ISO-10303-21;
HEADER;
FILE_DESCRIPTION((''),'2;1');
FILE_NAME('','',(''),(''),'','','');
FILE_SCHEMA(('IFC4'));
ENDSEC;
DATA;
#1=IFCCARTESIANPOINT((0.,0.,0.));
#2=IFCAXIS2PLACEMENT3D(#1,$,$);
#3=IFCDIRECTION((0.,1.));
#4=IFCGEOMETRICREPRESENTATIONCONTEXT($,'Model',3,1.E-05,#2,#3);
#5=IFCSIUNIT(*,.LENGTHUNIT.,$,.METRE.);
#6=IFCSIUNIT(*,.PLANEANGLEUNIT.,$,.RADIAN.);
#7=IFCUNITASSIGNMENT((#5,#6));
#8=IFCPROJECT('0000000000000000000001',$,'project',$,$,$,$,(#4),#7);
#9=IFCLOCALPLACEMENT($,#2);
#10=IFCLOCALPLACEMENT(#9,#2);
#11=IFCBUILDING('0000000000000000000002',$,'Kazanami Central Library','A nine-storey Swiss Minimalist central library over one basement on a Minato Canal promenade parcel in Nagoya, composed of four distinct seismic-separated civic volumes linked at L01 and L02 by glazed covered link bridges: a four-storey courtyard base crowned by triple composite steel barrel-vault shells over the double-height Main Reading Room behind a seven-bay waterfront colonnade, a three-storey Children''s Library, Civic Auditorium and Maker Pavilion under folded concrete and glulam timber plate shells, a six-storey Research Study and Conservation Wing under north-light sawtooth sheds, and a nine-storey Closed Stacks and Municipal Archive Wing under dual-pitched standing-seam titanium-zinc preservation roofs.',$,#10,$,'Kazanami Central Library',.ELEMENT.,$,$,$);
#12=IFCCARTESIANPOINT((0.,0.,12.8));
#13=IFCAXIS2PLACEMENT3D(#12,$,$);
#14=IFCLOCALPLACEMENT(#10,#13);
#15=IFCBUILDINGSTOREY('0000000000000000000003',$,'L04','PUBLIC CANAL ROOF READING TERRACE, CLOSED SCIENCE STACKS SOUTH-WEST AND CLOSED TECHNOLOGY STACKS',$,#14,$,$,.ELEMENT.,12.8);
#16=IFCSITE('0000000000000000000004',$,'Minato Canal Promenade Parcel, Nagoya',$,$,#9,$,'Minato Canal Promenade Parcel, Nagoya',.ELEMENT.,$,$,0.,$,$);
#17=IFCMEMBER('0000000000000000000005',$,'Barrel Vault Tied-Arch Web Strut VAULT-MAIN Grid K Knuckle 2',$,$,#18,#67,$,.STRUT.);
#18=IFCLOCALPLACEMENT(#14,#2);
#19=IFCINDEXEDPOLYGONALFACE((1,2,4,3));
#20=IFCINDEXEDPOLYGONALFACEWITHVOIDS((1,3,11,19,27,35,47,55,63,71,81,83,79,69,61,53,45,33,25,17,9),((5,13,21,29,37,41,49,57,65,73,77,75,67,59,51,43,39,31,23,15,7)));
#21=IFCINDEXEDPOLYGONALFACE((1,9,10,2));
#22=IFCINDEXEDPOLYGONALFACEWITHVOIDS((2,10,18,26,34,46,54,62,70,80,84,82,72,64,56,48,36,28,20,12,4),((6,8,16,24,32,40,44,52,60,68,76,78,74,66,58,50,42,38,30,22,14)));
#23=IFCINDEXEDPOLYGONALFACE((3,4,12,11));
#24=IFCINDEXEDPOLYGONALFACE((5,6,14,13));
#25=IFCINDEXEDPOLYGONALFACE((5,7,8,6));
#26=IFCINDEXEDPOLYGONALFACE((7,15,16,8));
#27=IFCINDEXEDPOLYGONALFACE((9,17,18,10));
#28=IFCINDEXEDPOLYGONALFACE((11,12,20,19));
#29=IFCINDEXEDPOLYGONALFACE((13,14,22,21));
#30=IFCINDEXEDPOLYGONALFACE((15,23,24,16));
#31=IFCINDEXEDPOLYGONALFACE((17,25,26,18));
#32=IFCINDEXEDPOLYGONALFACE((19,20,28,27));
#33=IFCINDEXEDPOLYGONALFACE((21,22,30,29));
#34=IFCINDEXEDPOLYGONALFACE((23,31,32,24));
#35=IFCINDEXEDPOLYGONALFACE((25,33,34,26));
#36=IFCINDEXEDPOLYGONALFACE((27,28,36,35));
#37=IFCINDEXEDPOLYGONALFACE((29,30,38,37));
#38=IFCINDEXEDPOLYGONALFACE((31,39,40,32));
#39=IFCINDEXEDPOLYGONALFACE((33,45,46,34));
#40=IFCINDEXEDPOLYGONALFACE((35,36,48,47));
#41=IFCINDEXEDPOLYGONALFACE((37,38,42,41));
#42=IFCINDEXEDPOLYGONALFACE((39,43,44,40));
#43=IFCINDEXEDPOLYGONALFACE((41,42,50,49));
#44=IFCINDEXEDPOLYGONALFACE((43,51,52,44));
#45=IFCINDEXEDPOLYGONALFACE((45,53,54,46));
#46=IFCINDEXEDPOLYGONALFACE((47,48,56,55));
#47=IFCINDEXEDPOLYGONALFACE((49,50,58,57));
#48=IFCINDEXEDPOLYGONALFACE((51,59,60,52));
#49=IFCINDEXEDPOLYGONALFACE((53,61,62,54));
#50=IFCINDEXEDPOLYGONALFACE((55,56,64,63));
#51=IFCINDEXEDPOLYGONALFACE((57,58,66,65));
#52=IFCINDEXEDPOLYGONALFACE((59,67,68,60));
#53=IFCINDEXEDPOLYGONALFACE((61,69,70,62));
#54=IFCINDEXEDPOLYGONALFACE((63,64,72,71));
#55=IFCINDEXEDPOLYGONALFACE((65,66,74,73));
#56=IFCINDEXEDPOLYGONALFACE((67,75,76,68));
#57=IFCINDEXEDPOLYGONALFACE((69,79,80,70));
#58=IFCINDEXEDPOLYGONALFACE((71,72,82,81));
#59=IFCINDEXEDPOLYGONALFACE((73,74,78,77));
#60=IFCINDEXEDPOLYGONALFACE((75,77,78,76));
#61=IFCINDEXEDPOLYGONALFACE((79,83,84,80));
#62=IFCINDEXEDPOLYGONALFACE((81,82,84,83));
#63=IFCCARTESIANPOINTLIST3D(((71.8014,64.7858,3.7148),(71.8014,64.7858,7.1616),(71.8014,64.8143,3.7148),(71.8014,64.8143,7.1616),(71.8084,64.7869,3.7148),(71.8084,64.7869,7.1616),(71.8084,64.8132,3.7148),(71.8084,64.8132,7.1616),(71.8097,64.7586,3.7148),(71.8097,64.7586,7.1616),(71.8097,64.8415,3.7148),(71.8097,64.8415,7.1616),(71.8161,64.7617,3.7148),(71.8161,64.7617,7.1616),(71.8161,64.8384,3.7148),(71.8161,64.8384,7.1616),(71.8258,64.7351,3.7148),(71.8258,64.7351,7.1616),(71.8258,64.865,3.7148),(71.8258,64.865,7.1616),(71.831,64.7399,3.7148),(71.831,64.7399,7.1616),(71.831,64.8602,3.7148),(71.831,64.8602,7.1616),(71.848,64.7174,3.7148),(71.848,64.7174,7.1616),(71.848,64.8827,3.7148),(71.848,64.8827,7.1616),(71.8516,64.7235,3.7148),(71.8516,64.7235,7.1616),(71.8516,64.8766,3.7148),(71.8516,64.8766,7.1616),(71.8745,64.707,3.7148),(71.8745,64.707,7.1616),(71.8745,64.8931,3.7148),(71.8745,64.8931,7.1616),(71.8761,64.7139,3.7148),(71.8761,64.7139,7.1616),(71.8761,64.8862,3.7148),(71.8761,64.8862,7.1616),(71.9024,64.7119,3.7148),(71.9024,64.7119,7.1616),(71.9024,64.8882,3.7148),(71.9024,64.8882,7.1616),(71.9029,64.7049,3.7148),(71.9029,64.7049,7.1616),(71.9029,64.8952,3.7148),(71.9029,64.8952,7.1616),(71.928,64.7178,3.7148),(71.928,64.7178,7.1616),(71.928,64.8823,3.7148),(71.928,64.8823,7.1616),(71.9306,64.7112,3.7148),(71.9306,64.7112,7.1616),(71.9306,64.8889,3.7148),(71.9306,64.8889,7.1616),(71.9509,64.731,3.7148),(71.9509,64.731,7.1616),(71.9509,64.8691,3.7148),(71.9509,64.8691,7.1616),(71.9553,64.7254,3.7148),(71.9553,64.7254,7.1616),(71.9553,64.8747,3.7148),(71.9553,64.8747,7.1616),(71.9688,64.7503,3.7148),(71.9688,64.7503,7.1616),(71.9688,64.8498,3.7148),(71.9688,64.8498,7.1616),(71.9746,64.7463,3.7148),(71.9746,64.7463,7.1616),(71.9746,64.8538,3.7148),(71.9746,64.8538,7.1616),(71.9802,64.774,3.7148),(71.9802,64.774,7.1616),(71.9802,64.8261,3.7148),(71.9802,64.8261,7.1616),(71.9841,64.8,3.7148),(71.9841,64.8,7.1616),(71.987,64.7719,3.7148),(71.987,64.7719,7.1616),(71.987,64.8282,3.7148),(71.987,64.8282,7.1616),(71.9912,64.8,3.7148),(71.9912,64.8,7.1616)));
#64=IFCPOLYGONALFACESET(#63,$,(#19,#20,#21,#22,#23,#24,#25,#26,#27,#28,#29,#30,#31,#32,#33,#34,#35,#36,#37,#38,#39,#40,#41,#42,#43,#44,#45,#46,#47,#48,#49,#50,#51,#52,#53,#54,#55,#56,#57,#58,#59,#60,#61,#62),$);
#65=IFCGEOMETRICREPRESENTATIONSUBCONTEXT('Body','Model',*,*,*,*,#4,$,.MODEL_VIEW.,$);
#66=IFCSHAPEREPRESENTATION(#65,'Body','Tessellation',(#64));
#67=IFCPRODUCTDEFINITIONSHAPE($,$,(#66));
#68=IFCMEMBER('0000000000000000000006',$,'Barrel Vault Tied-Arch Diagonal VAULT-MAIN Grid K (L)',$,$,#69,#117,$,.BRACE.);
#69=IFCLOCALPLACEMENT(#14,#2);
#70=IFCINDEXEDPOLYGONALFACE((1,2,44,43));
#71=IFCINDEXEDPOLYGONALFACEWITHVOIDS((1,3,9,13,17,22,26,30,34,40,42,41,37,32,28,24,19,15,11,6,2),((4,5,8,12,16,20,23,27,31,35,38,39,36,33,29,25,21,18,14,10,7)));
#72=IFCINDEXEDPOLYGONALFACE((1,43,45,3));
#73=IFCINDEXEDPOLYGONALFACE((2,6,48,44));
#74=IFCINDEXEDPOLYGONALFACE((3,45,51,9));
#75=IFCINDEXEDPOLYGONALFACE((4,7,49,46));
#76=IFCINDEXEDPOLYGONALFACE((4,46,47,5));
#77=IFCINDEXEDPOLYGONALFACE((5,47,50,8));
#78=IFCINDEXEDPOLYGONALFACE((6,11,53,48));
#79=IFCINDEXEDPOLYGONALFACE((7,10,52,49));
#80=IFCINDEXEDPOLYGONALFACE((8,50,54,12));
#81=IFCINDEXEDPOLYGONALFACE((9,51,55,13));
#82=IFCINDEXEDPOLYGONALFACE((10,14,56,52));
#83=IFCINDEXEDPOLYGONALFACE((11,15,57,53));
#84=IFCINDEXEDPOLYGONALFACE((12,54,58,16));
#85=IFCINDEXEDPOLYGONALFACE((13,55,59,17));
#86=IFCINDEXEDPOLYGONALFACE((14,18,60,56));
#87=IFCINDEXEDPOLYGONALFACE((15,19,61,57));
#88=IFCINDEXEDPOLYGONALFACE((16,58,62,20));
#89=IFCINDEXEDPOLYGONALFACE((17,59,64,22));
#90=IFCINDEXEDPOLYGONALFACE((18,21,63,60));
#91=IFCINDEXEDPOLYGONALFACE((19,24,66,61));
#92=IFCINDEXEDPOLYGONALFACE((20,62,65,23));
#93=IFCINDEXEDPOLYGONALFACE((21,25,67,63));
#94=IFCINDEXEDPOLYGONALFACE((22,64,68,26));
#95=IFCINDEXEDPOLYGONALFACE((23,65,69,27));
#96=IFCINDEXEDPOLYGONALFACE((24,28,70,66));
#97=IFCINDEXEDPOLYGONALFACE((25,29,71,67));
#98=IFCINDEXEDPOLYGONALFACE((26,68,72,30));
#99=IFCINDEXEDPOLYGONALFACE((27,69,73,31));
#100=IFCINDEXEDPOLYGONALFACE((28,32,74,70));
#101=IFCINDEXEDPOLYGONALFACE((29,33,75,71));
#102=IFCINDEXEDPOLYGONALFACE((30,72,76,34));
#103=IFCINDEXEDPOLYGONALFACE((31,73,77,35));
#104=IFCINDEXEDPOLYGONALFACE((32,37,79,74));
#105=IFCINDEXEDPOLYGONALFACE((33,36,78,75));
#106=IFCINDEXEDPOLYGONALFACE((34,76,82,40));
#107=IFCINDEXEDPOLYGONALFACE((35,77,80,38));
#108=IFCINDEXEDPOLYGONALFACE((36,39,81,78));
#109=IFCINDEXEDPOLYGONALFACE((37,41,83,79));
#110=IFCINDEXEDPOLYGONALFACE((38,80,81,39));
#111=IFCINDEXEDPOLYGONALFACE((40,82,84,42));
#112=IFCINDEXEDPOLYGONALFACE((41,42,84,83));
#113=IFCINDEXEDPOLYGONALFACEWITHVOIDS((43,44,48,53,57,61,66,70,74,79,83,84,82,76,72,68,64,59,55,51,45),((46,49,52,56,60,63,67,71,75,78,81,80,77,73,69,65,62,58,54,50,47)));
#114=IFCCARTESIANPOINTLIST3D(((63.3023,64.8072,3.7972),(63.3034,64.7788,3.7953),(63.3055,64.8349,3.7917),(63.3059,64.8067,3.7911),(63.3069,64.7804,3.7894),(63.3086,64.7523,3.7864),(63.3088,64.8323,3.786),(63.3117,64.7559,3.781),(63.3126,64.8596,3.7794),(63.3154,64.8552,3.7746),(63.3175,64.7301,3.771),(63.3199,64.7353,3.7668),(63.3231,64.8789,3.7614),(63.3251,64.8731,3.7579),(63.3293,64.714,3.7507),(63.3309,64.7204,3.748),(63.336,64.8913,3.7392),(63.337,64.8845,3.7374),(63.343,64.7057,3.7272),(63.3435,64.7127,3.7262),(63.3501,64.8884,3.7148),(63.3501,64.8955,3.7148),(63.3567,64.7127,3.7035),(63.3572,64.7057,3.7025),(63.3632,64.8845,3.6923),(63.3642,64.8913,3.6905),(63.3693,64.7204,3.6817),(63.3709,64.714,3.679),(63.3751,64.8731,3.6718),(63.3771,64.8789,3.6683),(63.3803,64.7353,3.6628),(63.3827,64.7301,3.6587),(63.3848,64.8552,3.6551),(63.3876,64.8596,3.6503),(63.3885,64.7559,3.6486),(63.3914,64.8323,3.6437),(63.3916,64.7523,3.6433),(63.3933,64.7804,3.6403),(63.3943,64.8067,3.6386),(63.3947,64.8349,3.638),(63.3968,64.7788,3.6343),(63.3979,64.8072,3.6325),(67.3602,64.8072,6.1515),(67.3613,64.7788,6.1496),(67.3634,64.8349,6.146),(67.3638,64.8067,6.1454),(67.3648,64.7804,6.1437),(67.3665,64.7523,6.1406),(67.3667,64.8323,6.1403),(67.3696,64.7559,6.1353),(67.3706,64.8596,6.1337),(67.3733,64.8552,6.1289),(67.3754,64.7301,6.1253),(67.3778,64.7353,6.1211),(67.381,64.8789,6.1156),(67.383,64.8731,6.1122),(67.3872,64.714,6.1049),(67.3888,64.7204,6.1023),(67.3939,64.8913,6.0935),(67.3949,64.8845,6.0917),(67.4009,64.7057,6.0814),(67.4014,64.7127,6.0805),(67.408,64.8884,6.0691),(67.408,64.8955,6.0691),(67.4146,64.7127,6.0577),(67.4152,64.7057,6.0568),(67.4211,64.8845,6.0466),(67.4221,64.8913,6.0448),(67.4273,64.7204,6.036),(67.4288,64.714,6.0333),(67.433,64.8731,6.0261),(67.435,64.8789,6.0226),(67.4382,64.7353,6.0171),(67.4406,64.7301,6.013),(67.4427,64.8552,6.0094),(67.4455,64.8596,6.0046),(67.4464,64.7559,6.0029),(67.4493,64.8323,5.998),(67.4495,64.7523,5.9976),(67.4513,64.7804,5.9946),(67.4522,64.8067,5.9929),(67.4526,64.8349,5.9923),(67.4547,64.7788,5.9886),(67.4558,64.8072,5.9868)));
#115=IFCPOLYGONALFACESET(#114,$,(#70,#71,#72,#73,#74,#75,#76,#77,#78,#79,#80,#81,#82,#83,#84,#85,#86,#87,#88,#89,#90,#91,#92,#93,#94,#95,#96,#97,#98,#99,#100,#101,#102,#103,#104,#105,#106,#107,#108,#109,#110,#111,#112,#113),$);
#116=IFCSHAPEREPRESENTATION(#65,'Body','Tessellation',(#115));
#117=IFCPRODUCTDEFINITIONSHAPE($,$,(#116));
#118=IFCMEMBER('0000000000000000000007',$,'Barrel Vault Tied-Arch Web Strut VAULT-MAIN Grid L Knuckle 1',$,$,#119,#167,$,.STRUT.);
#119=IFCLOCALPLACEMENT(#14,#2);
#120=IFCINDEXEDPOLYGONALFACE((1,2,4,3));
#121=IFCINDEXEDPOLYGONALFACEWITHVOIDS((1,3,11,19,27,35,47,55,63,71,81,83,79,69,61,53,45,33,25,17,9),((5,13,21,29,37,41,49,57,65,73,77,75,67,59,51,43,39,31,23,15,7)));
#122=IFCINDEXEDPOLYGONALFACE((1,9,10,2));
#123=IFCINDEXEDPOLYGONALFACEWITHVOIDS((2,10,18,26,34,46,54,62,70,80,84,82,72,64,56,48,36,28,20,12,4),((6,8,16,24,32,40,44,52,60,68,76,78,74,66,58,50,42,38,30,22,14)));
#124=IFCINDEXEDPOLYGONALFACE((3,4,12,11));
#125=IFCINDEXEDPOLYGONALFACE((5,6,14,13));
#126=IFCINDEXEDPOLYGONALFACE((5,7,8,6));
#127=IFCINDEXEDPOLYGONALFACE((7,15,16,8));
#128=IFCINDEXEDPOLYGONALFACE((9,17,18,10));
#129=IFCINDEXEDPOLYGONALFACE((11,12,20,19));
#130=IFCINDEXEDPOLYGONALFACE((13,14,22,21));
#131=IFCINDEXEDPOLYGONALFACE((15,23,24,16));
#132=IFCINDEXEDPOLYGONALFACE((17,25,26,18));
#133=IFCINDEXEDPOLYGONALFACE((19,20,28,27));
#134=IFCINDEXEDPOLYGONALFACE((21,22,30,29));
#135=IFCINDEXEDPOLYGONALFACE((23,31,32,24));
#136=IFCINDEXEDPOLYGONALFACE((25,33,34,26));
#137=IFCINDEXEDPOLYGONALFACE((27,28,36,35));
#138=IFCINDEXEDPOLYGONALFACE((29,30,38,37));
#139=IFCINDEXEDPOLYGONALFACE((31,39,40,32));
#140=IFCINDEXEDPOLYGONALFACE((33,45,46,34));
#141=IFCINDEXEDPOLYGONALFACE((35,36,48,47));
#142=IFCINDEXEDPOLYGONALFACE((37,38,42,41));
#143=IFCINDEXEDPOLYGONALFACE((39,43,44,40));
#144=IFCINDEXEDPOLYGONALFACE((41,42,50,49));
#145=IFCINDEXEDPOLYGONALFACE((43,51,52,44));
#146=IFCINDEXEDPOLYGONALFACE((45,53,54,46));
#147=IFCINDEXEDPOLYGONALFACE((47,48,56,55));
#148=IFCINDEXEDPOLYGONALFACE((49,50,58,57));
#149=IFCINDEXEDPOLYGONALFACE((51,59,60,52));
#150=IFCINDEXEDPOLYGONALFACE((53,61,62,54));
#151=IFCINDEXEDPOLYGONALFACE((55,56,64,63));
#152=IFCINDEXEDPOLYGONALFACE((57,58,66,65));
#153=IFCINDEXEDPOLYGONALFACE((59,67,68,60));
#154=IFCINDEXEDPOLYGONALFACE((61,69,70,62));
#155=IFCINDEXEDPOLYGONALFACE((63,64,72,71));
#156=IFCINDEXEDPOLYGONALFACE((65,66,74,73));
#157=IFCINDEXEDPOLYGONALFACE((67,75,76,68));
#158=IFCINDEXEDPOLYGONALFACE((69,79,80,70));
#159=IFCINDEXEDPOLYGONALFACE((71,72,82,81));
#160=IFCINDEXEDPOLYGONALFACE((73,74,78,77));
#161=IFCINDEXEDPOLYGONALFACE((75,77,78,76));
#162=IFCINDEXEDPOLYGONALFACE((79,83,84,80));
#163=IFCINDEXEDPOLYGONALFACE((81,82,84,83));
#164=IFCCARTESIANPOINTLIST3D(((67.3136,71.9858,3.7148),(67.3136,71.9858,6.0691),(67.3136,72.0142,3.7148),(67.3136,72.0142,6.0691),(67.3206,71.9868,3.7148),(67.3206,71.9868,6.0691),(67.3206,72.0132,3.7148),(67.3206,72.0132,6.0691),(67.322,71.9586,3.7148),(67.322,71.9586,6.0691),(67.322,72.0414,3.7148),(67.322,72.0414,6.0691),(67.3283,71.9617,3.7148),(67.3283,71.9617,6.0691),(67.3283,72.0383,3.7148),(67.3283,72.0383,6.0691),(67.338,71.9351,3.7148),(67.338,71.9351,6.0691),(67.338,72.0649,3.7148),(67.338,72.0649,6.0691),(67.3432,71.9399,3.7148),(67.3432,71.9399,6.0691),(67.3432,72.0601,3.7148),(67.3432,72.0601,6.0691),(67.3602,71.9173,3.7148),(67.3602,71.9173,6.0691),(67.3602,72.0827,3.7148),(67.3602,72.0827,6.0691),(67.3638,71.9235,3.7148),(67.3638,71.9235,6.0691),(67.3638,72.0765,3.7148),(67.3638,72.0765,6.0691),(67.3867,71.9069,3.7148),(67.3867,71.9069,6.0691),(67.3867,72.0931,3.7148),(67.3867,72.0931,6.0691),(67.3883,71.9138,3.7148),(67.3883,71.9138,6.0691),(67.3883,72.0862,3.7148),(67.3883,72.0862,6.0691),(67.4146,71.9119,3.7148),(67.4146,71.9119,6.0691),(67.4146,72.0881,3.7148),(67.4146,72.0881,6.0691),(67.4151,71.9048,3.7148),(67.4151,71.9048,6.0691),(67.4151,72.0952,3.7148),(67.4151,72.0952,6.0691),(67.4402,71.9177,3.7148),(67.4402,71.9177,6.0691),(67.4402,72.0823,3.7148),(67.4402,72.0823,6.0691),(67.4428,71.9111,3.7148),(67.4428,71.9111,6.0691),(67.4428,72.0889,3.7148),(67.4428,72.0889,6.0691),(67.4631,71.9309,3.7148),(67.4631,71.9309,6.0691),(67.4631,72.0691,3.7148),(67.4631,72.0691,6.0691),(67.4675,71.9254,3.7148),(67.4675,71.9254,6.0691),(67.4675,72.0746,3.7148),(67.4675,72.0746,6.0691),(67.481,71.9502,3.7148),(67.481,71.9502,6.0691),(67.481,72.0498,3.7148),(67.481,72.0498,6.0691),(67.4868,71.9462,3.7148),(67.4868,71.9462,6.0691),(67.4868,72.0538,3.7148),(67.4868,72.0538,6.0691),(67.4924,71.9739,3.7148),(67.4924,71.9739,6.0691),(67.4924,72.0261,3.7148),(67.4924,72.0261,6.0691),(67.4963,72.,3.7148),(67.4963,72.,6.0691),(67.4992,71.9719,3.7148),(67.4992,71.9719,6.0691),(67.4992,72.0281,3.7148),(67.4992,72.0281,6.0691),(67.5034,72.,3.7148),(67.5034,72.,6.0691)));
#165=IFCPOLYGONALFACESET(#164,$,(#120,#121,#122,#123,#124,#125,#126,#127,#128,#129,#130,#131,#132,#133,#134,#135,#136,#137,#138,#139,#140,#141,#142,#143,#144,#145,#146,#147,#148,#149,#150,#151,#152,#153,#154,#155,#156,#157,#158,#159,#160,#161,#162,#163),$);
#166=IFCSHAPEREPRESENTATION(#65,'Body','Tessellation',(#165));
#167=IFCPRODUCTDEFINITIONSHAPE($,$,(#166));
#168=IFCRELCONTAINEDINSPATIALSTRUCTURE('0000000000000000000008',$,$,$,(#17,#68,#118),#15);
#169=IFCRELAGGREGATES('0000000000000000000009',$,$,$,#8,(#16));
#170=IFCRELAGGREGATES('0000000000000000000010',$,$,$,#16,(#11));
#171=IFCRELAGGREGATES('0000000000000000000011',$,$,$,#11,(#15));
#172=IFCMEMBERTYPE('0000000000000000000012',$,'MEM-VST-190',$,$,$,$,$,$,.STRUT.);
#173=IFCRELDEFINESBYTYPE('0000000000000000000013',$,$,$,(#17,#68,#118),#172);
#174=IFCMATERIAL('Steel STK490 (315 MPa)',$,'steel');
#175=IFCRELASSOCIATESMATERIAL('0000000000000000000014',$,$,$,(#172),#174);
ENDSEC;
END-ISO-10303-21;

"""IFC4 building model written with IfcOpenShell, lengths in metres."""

from ifc_helpers import new_model, si_unit, direction, frame, origin, origin_2d, place, context, subcontext, project, spatial, hollow_circle, extrude, material, material_profile, profile_set, type_object, element, save


model = new_model("IFC4")

# Units and contexts
model_context = context("Model", 3, precision=1e-05, world=origin(), true_north=direction((0.0, 1.0)))
body_context = subcontext(model_context, "Body", "Model", "MODEL_VIEW")
ifc_project = project(units=[si_unit("LENGTHUNIT", "METRE"), si_unit("PLANEANGLEUNIT", "RADIAN")], contexts=[model_context])

# Site, building, storey
site_placement = place(None, origin())
site = spatial("IfcSite", under=ifc_project, at=site_placement, Name="Minato Canal Promenade Parcel, Nagoya", LongName="Minato Canal Promenade Parcel, Nagoya", CompositionType="ELEMENT", RefElevation=0.0)
building_placement = place(site_placement, origin())
building = spatial("IfcBuilding", under=site, at=building_placement, Name="Kazanami Central Library", Description="A nine-storey Swiss Minimalist central library over one basement on a Minato Canal promenade parcel in Nagoya, composed of four distinct seismic-separated civic volumes linked at L01 and L02 by glazed covered link bridges: a four-storey courtyard base crowned by triple composite steel barrel-vault shells over the double-height Main Reading Room behind a seven-bay waterfront colonnade, a three-storey Children's Library, Civic Auditorium and Maker Pavilion under folded concrete and glulam timber plate shells, a six-storey Research Study and Conservation Wing under north-light sawtooth sheds, and a nine-storey Closed Stacks and Municipal Archive Wing under dual-pitched standing-seam titanium-zinc preservation roofs.", LongName="Kazanami Central Library", CompositionType="ELEMENT")
storey_placement = place(building_placement, frame((0.0, 0.0, 12.8)))
storey = spatial("IfcBuildingStorey", under=building, at=storey_placement, Name="L04", Description="PUBLIC CANAL ROOF READING TERRACE, CLOSED SCIENCE STACKS SOUTH-WEST AND CLOSED TECHNOLOGY STACKS", CompositionType="ELEMENT", Elevation=12.8)

# Members
ifc_material_1 = material(Name="Steel STK490 (315 MPa)", Category="steel")
ifc_material_profile_1 = material_profile(ifc_material_1, hollow_circle(Radius=0.0955, WallThickness=0.0071, at=origin_2d()), Name="CHS-190.7x7.0")
ifc_profile_set_1 = profile_set([ifc_material_profile_1], Name="Steel STK490 (315 MPa)")
member_type_1 = type_object("IfcMemberType", Name="MEM-VST-190", PredefinedType="STRUT", material=ifc_profile_set_1)
member_1_placement = place(storey_placement, frame((71.8958, 64.8, 3.7148), z_axis=(0.0, 0.0, 1.0), x_axis=(1.0, 0.0, 0.0)))
element("IfcMember", 1, at=member_1_placement, inside=storey, type_object=member_type_1, Name="Barrel Vault Tied-Arch Web Strut VAULT-MAIN Grid K Knuckle 2", PredefinedType="STRUT", context=body_context, shape_type="SweptSolid", body=[
    extrude(hollow_circle(Radius=0.0955, WallThickness=0.0071, at=origin_2d()), origin(), (0.0, 0.0, 1.0), 3.4468),
])
member_2_placement = place(storey_placement, frame((63.3501, 64.8, 3.7148), z_axis=(0.864967, 0.0, 0.501828), x_axis=(0.0, 1.0, 0.0)))
element("IfcMember", 2, at=member_2_placement, inside=storey, type_object=member_type_1, Name="Barrel Vault Tied-Arch Diagonal VAULT-MAIN Grid K (L)", PredefinedType="BRACE", context=body_context, shape_type="SweptSolid", body=[
    extrude(hollow_circle(Radius=0.0955, WallThickness=0.0071, at=origin_2d()), origin(), (0.0, 0.0, 1.0), 4.6914),
])
member_3_placement = place(storey_placement, frame((67.408, 72.0, 3.7148), z_axis=(0.0, 0.0, 1.0), x_axis=(1.0, 0.0, 0.0)))
element("IfcMember", 3, at=member_3_placement, inside=storey, type_object=member_type_1, Name="Barrel Vault Tied-Arch Web Strut VAULT-MAIN Grid L Knuckle 1", PredefinedType="STRUT", context=body_context, shape_type="SweptSolid", body=[
    extrude(hollow_circle(Radius=0.0955, WallThickness=0.0071, at=origin_2d()), origin(), (0.0, 0.0, 1.0), 2.3542),
])

save(model, "model.ifc")
